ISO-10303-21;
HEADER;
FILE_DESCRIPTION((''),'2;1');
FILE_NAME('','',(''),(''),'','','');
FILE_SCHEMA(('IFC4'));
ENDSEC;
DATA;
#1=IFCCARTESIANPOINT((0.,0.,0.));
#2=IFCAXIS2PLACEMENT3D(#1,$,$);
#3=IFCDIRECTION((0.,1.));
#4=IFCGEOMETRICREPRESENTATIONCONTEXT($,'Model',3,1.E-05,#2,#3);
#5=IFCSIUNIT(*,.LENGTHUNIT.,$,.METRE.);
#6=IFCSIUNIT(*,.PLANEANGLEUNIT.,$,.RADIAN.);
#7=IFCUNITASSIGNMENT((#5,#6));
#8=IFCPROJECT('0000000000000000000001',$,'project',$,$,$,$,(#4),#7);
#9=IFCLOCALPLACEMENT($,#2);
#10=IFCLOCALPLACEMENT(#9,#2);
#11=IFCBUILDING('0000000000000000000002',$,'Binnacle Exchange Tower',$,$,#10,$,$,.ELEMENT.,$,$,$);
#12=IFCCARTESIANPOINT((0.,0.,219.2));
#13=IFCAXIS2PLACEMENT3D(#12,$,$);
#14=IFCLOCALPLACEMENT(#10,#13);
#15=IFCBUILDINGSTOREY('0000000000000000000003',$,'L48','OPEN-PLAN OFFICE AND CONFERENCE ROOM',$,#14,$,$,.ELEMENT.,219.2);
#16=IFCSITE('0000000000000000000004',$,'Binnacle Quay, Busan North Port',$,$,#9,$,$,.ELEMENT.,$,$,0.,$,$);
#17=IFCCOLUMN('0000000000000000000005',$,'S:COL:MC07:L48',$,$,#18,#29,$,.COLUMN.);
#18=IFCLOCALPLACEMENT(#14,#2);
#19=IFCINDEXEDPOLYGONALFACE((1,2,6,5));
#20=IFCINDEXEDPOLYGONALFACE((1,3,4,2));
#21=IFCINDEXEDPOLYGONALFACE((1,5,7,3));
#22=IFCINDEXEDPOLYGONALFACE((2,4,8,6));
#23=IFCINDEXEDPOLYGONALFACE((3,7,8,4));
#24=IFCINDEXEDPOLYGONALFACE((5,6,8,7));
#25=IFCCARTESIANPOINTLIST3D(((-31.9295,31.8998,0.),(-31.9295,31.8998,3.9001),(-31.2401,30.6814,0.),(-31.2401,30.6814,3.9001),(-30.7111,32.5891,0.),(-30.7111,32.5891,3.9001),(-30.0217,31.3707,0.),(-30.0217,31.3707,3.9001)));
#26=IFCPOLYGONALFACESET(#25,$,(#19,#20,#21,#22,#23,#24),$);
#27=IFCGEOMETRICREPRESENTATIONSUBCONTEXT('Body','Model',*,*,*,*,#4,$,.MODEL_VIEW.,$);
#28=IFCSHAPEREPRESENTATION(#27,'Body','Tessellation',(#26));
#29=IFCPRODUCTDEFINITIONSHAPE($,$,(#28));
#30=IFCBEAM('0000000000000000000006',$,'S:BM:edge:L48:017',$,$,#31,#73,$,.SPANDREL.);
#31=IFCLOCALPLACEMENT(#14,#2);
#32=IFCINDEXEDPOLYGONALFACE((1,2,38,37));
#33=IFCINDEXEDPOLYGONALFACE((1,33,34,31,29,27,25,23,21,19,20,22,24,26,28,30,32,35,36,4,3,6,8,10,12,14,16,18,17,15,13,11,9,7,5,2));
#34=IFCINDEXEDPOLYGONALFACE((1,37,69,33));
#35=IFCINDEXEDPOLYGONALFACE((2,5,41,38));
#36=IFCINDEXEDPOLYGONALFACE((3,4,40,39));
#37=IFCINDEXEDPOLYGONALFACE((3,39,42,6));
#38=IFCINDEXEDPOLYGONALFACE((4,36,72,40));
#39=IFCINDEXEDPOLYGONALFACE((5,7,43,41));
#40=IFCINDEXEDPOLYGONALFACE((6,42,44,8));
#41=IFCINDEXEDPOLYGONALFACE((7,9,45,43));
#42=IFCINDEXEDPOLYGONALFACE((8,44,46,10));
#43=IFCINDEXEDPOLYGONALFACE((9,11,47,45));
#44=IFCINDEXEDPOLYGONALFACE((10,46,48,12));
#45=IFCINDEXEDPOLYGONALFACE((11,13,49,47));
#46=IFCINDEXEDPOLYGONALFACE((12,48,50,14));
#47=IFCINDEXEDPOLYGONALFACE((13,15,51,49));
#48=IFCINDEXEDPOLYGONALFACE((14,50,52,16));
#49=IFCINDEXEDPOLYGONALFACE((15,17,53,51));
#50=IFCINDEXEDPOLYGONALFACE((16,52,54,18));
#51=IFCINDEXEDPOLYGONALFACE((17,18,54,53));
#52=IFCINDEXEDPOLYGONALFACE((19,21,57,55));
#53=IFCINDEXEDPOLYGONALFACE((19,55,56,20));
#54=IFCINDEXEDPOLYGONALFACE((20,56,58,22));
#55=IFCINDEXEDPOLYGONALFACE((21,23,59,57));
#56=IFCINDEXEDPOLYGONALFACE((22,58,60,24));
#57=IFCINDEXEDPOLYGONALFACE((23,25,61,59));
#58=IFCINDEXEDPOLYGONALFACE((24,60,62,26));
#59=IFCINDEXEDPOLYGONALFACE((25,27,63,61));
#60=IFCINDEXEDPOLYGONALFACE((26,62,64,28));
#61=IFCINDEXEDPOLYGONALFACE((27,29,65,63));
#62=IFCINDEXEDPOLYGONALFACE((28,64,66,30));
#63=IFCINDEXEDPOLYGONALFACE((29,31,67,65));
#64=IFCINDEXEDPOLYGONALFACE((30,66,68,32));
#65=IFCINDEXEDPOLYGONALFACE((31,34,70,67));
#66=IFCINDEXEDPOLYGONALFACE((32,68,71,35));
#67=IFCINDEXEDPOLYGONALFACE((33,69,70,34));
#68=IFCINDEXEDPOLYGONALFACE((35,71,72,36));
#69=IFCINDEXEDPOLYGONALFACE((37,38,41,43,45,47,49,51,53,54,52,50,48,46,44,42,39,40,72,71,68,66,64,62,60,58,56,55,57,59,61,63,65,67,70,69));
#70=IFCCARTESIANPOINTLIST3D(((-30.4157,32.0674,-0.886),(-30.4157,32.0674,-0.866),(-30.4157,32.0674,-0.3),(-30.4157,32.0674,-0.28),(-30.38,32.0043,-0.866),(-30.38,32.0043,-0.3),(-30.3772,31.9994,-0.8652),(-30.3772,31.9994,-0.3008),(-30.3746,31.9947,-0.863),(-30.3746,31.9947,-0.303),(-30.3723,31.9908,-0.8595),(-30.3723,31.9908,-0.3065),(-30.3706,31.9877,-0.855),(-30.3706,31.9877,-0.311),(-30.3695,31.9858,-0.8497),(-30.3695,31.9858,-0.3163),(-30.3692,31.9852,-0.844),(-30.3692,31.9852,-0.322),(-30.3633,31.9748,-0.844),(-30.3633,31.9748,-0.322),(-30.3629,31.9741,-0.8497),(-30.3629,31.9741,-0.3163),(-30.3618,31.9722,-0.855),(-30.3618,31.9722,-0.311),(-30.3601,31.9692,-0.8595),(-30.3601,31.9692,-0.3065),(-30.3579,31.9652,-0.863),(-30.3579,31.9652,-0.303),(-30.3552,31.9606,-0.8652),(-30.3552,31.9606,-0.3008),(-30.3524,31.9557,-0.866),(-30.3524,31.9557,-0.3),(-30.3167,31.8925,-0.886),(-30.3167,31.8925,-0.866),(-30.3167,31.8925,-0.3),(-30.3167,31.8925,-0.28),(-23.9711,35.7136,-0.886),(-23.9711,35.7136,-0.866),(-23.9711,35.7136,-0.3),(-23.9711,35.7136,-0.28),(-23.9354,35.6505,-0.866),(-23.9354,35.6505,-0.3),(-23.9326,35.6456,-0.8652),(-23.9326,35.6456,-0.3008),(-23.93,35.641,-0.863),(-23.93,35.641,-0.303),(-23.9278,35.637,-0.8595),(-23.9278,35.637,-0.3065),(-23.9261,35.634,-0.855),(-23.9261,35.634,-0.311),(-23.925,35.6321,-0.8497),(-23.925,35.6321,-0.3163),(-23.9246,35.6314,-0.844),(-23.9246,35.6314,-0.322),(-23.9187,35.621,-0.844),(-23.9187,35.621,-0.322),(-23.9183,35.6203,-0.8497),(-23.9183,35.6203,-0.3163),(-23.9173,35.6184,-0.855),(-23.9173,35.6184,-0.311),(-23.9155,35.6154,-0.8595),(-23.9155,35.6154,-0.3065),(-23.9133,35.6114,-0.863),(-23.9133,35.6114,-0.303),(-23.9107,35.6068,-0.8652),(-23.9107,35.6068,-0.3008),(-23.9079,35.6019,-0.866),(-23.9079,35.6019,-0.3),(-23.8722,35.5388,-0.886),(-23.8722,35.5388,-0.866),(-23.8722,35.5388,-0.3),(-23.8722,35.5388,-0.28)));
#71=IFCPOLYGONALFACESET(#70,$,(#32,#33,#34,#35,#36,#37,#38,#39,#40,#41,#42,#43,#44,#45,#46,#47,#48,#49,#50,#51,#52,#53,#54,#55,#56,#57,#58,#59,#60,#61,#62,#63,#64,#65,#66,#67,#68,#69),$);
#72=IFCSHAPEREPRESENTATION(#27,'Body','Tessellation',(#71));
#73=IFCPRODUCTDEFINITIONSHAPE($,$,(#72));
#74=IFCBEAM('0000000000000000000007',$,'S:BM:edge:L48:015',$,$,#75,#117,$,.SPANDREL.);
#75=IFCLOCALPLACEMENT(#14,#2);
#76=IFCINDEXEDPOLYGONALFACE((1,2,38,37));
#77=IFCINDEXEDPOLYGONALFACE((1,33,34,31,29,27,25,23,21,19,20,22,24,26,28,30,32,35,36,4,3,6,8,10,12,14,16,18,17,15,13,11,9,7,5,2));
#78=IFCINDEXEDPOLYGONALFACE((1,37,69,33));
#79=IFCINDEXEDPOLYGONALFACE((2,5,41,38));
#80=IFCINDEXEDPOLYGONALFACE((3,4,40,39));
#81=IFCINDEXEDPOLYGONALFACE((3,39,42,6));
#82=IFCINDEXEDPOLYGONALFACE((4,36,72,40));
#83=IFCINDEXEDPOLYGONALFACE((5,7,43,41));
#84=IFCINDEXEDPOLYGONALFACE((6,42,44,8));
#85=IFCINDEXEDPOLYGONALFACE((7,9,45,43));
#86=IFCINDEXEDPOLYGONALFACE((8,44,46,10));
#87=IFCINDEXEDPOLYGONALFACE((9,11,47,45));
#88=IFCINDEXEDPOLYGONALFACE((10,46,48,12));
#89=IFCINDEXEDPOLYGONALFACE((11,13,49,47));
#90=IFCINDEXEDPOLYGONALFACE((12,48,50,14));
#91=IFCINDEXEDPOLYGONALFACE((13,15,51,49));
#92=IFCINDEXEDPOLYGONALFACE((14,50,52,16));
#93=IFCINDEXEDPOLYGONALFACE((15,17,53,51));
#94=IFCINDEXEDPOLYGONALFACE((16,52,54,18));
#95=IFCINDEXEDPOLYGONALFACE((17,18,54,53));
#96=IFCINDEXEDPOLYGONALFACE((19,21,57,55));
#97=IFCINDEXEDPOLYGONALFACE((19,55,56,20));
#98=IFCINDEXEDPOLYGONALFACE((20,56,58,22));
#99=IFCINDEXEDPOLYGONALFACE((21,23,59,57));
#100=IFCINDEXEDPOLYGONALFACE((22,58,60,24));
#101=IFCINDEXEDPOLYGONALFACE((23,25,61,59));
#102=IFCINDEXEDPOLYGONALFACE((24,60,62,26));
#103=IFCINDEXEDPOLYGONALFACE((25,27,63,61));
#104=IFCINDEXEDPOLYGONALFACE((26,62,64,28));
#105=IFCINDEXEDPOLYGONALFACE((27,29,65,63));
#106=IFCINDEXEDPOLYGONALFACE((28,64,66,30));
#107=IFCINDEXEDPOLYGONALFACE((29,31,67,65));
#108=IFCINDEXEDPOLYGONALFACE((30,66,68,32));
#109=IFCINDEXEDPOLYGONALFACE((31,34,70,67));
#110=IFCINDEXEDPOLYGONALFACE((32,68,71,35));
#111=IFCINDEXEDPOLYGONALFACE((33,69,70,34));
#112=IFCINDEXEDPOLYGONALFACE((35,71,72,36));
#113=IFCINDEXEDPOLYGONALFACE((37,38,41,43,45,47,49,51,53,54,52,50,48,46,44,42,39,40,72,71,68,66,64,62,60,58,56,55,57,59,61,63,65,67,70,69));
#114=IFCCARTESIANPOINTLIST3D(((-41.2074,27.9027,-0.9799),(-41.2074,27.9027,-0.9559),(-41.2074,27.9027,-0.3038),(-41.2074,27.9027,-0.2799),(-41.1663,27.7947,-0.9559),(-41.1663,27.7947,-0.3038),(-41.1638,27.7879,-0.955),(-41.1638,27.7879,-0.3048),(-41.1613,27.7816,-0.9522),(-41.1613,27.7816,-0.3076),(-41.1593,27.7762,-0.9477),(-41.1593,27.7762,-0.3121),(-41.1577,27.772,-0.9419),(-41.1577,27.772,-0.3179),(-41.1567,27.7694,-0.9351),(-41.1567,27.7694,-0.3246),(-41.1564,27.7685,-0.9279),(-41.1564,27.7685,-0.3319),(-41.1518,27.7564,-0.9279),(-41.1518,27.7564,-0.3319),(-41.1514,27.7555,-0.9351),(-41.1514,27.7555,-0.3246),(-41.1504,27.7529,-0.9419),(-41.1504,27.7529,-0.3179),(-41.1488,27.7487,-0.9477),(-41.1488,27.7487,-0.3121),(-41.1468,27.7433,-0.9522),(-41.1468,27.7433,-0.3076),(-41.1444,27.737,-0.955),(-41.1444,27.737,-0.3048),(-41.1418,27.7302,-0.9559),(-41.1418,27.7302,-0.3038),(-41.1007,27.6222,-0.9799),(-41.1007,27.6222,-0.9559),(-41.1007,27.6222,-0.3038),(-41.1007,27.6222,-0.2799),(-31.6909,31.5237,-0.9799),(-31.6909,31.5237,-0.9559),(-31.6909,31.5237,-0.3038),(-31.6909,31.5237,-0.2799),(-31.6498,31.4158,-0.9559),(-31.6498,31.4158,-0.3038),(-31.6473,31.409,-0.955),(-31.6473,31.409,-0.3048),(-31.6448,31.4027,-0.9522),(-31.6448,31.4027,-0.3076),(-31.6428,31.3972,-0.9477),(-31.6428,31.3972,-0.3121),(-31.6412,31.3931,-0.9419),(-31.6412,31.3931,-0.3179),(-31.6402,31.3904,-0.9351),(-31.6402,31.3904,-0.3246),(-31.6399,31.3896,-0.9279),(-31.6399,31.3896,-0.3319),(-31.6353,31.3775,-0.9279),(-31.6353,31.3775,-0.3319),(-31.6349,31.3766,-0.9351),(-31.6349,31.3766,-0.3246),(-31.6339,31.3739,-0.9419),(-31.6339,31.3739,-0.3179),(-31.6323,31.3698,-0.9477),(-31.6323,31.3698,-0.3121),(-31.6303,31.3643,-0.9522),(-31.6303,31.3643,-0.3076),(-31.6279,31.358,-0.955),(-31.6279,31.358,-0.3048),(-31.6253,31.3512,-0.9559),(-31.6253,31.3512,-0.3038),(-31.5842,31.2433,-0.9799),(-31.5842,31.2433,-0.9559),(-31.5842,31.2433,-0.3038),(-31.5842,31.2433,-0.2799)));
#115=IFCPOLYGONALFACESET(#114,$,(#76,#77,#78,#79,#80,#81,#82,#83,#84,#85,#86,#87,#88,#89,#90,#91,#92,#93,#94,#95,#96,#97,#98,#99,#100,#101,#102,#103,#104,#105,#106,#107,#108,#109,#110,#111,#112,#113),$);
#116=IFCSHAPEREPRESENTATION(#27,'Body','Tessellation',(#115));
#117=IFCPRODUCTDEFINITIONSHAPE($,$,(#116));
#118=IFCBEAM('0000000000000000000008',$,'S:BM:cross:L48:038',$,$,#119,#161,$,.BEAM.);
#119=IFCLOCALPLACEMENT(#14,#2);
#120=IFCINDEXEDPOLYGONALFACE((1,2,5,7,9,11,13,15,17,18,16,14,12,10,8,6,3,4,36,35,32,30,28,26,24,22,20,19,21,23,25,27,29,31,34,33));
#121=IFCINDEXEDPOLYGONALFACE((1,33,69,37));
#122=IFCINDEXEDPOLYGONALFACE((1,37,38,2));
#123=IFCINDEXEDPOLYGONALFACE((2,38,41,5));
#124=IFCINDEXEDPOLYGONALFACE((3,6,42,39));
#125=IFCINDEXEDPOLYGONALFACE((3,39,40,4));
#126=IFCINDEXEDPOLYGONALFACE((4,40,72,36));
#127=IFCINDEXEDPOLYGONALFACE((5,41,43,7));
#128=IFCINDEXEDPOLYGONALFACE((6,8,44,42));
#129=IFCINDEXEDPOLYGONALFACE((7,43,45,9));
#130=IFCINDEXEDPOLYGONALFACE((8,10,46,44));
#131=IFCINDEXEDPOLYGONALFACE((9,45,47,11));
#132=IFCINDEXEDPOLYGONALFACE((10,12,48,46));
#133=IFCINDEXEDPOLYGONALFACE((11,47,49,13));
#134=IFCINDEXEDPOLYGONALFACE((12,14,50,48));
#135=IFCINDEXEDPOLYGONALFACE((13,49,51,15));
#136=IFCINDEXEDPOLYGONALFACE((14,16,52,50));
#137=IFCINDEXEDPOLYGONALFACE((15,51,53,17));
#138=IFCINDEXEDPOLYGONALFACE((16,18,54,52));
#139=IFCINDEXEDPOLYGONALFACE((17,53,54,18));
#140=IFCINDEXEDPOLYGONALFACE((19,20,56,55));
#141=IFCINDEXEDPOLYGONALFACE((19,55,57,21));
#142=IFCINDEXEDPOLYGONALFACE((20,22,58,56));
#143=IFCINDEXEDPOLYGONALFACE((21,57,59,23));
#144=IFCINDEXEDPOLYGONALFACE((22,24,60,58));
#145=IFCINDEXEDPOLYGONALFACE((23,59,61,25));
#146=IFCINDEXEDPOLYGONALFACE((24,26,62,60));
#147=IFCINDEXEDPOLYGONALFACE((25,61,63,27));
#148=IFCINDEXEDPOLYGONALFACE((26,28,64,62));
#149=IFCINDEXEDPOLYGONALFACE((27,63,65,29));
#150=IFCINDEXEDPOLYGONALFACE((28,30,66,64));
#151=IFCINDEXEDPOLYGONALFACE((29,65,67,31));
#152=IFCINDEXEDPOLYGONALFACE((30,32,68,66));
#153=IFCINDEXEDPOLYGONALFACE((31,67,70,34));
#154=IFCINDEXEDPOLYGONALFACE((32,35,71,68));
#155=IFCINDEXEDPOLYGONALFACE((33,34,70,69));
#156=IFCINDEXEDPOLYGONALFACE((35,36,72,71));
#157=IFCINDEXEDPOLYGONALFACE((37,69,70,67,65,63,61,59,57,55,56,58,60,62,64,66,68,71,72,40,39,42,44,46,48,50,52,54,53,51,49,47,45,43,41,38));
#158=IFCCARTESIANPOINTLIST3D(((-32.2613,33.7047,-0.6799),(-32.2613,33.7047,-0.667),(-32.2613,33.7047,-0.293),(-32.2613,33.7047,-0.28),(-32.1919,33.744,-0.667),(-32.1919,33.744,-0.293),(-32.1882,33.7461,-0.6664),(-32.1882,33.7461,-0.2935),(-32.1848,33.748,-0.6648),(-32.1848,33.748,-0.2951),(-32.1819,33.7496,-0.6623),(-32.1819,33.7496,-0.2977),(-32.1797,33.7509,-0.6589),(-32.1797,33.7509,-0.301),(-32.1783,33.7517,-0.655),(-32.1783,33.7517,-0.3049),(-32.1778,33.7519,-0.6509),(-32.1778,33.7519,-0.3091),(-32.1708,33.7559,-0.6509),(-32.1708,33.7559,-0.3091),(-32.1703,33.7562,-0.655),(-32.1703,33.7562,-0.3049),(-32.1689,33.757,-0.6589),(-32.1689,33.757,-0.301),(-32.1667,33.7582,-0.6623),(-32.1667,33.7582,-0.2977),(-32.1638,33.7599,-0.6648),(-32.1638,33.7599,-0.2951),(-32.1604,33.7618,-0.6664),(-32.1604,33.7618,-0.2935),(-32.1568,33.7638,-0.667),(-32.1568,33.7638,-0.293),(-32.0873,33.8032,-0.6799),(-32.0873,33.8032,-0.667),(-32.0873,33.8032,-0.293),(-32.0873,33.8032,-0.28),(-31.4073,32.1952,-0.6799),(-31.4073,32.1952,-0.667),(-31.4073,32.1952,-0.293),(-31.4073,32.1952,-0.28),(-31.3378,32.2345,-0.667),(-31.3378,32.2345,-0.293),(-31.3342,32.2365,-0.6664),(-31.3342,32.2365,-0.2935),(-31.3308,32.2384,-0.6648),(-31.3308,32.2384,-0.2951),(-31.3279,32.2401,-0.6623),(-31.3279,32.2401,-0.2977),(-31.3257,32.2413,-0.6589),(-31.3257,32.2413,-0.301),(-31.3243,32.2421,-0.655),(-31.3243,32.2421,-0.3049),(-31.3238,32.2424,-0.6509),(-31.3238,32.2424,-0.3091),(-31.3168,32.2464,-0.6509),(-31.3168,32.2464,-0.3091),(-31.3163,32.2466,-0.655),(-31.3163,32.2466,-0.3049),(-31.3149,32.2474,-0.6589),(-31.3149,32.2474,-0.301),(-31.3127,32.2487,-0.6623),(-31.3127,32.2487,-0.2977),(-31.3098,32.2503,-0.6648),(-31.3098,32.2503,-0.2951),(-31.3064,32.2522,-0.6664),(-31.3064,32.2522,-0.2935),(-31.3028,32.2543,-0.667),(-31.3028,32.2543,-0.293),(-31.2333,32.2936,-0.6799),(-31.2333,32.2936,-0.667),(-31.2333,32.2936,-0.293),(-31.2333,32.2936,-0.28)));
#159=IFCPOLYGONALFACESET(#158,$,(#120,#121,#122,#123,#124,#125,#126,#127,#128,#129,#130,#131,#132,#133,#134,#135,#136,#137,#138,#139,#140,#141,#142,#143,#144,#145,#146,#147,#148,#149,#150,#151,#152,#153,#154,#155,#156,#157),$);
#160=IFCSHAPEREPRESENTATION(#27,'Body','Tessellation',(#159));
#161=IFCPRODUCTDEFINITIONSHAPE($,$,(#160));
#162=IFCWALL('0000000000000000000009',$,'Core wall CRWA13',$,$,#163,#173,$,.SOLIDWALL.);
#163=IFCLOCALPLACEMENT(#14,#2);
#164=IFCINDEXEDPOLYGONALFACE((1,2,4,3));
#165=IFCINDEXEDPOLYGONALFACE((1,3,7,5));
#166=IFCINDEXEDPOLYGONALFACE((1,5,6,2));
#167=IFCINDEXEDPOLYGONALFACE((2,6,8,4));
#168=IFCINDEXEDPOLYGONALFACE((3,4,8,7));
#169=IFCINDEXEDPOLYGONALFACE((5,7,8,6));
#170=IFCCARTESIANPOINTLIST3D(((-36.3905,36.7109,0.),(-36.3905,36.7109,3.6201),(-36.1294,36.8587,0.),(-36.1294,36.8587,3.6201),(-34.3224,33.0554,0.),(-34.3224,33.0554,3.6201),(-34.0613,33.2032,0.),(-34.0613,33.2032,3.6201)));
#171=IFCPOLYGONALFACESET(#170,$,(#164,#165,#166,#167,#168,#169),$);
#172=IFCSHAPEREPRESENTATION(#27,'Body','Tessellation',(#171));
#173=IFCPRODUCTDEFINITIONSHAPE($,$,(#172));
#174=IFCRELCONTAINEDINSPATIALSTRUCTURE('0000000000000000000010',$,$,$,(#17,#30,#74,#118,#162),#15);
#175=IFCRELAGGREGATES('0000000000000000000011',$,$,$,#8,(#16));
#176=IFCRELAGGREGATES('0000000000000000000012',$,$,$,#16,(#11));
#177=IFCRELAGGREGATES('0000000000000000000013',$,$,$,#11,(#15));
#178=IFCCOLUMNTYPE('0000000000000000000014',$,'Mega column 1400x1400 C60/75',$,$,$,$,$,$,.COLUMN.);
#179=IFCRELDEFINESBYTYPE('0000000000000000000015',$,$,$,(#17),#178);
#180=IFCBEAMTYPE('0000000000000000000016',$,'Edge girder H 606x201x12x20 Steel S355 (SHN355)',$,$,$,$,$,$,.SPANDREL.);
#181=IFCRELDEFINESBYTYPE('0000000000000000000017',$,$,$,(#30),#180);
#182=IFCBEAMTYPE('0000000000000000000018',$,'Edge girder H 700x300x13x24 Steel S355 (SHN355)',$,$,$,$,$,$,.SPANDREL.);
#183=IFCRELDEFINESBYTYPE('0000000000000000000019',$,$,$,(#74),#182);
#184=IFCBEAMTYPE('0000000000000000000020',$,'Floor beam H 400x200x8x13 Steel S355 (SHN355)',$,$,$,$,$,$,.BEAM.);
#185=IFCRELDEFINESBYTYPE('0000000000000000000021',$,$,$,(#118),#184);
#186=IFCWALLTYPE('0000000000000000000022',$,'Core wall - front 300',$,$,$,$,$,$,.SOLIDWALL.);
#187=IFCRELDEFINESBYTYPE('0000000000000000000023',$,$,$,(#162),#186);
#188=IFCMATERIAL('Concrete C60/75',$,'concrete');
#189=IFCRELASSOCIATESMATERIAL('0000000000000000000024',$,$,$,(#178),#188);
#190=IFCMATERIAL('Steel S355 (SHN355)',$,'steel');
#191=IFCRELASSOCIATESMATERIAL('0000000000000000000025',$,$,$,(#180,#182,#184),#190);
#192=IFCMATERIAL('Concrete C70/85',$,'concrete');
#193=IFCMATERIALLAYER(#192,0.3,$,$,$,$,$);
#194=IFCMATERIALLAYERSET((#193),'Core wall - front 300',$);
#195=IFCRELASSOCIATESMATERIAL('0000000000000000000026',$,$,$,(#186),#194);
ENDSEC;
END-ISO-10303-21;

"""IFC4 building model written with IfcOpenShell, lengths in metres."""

from ifc_helpers import new_model, si_unit, direction, frame, frame_2d, origin, origin_2d, place, context, subcontext, project, spatial, rectangle, i_section, extrude, material, layer, layer_set, material_profile, profile_set, type_object, element, save


model = new_model("IFC4")

# Units and contexts
model_context = context("Model", 3, precision=1e-05, world=origin(), true_north=direction((0.0, 1.0)))
body_context = subcontext(model_context, "Body", "Model", "MODEL_VIEW")
ifc_project = project(units=[si_unit("LENGTHUNIT", "METRE"), si_unit("PLANEANGLEUNIT", "RADIAN")], contexts=[model_context])

# Site, building, storey
site_placement = place(None, origin())
site = spatial("IfcSite", under=ifc_project, at=site_placement, Name="Binnacle Quay, Busan North Port", CompositionType="ELEMENT", RefElevation=0.0)
building_placement = place(site_placement, origin())
building = spatial("IfcBuilding", under=site, at=building_placement, Name="Binnacle Exchange Tower", CompositionType="ELEMENT")
storey_placement = place(building_placement, frame((0.0, 0.0, 219.2)))
storey = spatial("IfcBuildingStorey", under=building, at=storey_placement, Name="L48", Description="OPEN-PLAN OFFICE AND CONFERENCE ROOM", CompositionType="ELEMENT", Elevation=219.2)

# Column
ifc_material_1 = material(Name="Concrete C60/75", Category="concrete")
ifc_material_profile_1 = material_profile(ifc_material_1, rectangle(XDim=1.3999, YDim=1.3999, at=origin_2d()), Name="Mega column 1400x1400 C60/75")
ifc_profile_set_1 = profile_set([ifc_material_profile_1], Name="Concrete C60/75")
column_type = type_object("IfcColumnType", Name="Mega column 1400x1400 C60/75", PredefinedType="COLUMN", material=ifc_profile_set_1)
column_placement = place(storey_placement, frame((-30.9756, 31.6353, 0.0), z_axis=(0.0, 0.0, 1.0), x_axis=(0.870356, 0.492424, 0.0)))
element("IfcColumn", 1, at=column_placement, inside=storey, type_object=column_type, Name="S:COL:MC07:L48", PredefinedType="COLUMN", context=body_context, shape_type="SweptSolid", body=[
    extrude(rectangle(XDim=1.3999, YDim=1.3999, at=origin_2d()), origin(), (0.0, 0.0, 1.0), 3.9001),
])

# Beams
ifc_material_2 = material(Name="Steel S355 (SHN355)", Category="steel")
ifc_material_profile_2 = material_profile(ifc_material_2, i_section(OverallWidth=0.2009, OverallDepth=0.606, WebThickness=0.012, FlangeThickness=0.02, FilletRadius=0.022, at=origin_2d()), Name="H 606x201x12x20")
ifc_profile_set_2 = profile_set([ifc_material_profile_2], Name="Steel S355 (SHN355)")
beam_type_1 = type_object("IfcBeamType", Name="Edge girder H 606x201x12x20 Steel S355 (SHN355)", PredefinedType="SPANDREL", material=ifc_profile_set_2)
beam_1_placement = place(storey_placement, frame((-30.3662, 31.98, -0.583), z_axis=(0.870352, 0.492431, 0.0), x_axis=(-0.492431, 0.870352, 0.0)))
element("IfcBeam", 2, at=beam_1_placement, inside=storey, type_object=beam_type_1, Name="S:BM:edge:L48:017", PredefinedType="SPANDREL", context=body_context, shape_type="SweptSolid", body=[
    extrude(i_section(OverallWidth=0.2009, OverallDepth=0.606, WebThickness=0.012, FlangeThickness=0.02, FilletRadius=0.022, at=origin_2d()), origin(), (0.0, 0.0, 1.0), 7.4045),
])
ifc_material_profile_3 = material_profile(ifc_material_2, i_section(OverallWidth=0.3, OverallDepth=0.7, WebThickness=0.0129, FlangeThickness=0.0239, FilletRadius=0.0281, at=origin_2d()), Name="H 700x300x13x24")
ifc_profile_set_3 = profile_set([ifc_material_profile_3], Name="Steel S355 (SHN355)")
beam_type_2 = type_object("IfcBeamType", Name="Edge girder H 700x300x13x24 Steel S355 (SHN355)", PredefinedType="SPANDREL", material=ifc_profile_set_3)
beam_2_placement = place(storey_placement, frame((-41.1541, 27.7625, -0.6299), z_axis=(0.934627, 0.355628, 0.0), x_axis=(-0.355628, 0.934627, 0.0)))
element("IfcBeam", 3, at=beam_2_placement, inside=storey, type_object=beam_type_2, Name="S:BM:edge:L48:015", PredefinedType="SPANDREL", context=body_context, shape_type="SweptSolid", body=[
    extrude(i_section(OverallWidth=0.3, OverallDepth=0.7, WebThickness=0.0129, FlangeThickness=0.0239, FilletRadius=0.0281, at=origin_2d()), origin(), (0.0, 0.0, 1.0), 10.1821),
])
ifc_material_profile_4 = material_profile(ifc_material_2, i_section(OverallWidth=0.2, OverallDepth=0.3999, WebThickness=0.0081, FlangeThickness=0.0129, FilletRadius=0.0161, at=origin_2d()), Name="H 400x200x8x13")
ifc_profile_set_4 = profile_set([ifc_material_profile_4], Name="Steel S355 (SHN355)")
beam_type_3 = type_object("IfcBeamType", Name="Floor beam H 400x200x8x13 Steel S355 (SHN355)", PredefinedType="BEAM", material=ifc_profile_set_4)
beam_3_placement = place(storey_placement, frame((-31.3203, 32.2444, -0.48), z_axis=(-0.492405, 0.870366, 0.0), x_axis=(-0.870366, -0.492405, 0.0)))
element("IfcBeam", 4, at=beam_3_placement, inside=storey, type_object=beam_type_3, Name="S:BM:cross:L48:038", PredefinedType="BEAM", context=body_context, shape_type="SweptSolid", body=[
    extrude(i_section(OverallWidth=0.2, OverallDepth=0.3999, WebThickness=0.0081, FlangeThickness=0.0129, FilletRadius=0.0161, at=origin_2d()), origin(), (0.0, 0.0, 1.0), 1.7344),
])

# Wall
ifc_material_3 = material(Name="Concrete C70/85", Category="concrete")
ifc_layer_1 = layer(ifc_material_3, 0.3)
ifc_layer_set_1 = layer_set([ifc_layer_1], Name="Core wall - front 300")
wall_type_1 = type_object("IfcWallType", Name="Core wall - front 300", PredefinedType="SOLIDWALL", material=ifc_layer_set_1)
wall_1_placement = place(storey_placement, frame((-36.26, 36.7849, 0.0), z_axis=(0.0, 0.0, 1.0), x_axis=(0.49241, -0.870364, 0.0)))
element("IfcWall", 5, at=wall_1_placement, inside=storey, type_object=wall_type_1, Name="Core wall CRWA13", PredefinedType="SOLIDWALL", context=body_context, shape_type="SweptSolid", body=[
    extrude(rectangle(XDim=4.2, YDim=0.3, at=frame_2d((2.1001, 0.0))), origin(), (0.0, 0.0, 1.0), 3.6201),
])

save(model, "model.ifc")
